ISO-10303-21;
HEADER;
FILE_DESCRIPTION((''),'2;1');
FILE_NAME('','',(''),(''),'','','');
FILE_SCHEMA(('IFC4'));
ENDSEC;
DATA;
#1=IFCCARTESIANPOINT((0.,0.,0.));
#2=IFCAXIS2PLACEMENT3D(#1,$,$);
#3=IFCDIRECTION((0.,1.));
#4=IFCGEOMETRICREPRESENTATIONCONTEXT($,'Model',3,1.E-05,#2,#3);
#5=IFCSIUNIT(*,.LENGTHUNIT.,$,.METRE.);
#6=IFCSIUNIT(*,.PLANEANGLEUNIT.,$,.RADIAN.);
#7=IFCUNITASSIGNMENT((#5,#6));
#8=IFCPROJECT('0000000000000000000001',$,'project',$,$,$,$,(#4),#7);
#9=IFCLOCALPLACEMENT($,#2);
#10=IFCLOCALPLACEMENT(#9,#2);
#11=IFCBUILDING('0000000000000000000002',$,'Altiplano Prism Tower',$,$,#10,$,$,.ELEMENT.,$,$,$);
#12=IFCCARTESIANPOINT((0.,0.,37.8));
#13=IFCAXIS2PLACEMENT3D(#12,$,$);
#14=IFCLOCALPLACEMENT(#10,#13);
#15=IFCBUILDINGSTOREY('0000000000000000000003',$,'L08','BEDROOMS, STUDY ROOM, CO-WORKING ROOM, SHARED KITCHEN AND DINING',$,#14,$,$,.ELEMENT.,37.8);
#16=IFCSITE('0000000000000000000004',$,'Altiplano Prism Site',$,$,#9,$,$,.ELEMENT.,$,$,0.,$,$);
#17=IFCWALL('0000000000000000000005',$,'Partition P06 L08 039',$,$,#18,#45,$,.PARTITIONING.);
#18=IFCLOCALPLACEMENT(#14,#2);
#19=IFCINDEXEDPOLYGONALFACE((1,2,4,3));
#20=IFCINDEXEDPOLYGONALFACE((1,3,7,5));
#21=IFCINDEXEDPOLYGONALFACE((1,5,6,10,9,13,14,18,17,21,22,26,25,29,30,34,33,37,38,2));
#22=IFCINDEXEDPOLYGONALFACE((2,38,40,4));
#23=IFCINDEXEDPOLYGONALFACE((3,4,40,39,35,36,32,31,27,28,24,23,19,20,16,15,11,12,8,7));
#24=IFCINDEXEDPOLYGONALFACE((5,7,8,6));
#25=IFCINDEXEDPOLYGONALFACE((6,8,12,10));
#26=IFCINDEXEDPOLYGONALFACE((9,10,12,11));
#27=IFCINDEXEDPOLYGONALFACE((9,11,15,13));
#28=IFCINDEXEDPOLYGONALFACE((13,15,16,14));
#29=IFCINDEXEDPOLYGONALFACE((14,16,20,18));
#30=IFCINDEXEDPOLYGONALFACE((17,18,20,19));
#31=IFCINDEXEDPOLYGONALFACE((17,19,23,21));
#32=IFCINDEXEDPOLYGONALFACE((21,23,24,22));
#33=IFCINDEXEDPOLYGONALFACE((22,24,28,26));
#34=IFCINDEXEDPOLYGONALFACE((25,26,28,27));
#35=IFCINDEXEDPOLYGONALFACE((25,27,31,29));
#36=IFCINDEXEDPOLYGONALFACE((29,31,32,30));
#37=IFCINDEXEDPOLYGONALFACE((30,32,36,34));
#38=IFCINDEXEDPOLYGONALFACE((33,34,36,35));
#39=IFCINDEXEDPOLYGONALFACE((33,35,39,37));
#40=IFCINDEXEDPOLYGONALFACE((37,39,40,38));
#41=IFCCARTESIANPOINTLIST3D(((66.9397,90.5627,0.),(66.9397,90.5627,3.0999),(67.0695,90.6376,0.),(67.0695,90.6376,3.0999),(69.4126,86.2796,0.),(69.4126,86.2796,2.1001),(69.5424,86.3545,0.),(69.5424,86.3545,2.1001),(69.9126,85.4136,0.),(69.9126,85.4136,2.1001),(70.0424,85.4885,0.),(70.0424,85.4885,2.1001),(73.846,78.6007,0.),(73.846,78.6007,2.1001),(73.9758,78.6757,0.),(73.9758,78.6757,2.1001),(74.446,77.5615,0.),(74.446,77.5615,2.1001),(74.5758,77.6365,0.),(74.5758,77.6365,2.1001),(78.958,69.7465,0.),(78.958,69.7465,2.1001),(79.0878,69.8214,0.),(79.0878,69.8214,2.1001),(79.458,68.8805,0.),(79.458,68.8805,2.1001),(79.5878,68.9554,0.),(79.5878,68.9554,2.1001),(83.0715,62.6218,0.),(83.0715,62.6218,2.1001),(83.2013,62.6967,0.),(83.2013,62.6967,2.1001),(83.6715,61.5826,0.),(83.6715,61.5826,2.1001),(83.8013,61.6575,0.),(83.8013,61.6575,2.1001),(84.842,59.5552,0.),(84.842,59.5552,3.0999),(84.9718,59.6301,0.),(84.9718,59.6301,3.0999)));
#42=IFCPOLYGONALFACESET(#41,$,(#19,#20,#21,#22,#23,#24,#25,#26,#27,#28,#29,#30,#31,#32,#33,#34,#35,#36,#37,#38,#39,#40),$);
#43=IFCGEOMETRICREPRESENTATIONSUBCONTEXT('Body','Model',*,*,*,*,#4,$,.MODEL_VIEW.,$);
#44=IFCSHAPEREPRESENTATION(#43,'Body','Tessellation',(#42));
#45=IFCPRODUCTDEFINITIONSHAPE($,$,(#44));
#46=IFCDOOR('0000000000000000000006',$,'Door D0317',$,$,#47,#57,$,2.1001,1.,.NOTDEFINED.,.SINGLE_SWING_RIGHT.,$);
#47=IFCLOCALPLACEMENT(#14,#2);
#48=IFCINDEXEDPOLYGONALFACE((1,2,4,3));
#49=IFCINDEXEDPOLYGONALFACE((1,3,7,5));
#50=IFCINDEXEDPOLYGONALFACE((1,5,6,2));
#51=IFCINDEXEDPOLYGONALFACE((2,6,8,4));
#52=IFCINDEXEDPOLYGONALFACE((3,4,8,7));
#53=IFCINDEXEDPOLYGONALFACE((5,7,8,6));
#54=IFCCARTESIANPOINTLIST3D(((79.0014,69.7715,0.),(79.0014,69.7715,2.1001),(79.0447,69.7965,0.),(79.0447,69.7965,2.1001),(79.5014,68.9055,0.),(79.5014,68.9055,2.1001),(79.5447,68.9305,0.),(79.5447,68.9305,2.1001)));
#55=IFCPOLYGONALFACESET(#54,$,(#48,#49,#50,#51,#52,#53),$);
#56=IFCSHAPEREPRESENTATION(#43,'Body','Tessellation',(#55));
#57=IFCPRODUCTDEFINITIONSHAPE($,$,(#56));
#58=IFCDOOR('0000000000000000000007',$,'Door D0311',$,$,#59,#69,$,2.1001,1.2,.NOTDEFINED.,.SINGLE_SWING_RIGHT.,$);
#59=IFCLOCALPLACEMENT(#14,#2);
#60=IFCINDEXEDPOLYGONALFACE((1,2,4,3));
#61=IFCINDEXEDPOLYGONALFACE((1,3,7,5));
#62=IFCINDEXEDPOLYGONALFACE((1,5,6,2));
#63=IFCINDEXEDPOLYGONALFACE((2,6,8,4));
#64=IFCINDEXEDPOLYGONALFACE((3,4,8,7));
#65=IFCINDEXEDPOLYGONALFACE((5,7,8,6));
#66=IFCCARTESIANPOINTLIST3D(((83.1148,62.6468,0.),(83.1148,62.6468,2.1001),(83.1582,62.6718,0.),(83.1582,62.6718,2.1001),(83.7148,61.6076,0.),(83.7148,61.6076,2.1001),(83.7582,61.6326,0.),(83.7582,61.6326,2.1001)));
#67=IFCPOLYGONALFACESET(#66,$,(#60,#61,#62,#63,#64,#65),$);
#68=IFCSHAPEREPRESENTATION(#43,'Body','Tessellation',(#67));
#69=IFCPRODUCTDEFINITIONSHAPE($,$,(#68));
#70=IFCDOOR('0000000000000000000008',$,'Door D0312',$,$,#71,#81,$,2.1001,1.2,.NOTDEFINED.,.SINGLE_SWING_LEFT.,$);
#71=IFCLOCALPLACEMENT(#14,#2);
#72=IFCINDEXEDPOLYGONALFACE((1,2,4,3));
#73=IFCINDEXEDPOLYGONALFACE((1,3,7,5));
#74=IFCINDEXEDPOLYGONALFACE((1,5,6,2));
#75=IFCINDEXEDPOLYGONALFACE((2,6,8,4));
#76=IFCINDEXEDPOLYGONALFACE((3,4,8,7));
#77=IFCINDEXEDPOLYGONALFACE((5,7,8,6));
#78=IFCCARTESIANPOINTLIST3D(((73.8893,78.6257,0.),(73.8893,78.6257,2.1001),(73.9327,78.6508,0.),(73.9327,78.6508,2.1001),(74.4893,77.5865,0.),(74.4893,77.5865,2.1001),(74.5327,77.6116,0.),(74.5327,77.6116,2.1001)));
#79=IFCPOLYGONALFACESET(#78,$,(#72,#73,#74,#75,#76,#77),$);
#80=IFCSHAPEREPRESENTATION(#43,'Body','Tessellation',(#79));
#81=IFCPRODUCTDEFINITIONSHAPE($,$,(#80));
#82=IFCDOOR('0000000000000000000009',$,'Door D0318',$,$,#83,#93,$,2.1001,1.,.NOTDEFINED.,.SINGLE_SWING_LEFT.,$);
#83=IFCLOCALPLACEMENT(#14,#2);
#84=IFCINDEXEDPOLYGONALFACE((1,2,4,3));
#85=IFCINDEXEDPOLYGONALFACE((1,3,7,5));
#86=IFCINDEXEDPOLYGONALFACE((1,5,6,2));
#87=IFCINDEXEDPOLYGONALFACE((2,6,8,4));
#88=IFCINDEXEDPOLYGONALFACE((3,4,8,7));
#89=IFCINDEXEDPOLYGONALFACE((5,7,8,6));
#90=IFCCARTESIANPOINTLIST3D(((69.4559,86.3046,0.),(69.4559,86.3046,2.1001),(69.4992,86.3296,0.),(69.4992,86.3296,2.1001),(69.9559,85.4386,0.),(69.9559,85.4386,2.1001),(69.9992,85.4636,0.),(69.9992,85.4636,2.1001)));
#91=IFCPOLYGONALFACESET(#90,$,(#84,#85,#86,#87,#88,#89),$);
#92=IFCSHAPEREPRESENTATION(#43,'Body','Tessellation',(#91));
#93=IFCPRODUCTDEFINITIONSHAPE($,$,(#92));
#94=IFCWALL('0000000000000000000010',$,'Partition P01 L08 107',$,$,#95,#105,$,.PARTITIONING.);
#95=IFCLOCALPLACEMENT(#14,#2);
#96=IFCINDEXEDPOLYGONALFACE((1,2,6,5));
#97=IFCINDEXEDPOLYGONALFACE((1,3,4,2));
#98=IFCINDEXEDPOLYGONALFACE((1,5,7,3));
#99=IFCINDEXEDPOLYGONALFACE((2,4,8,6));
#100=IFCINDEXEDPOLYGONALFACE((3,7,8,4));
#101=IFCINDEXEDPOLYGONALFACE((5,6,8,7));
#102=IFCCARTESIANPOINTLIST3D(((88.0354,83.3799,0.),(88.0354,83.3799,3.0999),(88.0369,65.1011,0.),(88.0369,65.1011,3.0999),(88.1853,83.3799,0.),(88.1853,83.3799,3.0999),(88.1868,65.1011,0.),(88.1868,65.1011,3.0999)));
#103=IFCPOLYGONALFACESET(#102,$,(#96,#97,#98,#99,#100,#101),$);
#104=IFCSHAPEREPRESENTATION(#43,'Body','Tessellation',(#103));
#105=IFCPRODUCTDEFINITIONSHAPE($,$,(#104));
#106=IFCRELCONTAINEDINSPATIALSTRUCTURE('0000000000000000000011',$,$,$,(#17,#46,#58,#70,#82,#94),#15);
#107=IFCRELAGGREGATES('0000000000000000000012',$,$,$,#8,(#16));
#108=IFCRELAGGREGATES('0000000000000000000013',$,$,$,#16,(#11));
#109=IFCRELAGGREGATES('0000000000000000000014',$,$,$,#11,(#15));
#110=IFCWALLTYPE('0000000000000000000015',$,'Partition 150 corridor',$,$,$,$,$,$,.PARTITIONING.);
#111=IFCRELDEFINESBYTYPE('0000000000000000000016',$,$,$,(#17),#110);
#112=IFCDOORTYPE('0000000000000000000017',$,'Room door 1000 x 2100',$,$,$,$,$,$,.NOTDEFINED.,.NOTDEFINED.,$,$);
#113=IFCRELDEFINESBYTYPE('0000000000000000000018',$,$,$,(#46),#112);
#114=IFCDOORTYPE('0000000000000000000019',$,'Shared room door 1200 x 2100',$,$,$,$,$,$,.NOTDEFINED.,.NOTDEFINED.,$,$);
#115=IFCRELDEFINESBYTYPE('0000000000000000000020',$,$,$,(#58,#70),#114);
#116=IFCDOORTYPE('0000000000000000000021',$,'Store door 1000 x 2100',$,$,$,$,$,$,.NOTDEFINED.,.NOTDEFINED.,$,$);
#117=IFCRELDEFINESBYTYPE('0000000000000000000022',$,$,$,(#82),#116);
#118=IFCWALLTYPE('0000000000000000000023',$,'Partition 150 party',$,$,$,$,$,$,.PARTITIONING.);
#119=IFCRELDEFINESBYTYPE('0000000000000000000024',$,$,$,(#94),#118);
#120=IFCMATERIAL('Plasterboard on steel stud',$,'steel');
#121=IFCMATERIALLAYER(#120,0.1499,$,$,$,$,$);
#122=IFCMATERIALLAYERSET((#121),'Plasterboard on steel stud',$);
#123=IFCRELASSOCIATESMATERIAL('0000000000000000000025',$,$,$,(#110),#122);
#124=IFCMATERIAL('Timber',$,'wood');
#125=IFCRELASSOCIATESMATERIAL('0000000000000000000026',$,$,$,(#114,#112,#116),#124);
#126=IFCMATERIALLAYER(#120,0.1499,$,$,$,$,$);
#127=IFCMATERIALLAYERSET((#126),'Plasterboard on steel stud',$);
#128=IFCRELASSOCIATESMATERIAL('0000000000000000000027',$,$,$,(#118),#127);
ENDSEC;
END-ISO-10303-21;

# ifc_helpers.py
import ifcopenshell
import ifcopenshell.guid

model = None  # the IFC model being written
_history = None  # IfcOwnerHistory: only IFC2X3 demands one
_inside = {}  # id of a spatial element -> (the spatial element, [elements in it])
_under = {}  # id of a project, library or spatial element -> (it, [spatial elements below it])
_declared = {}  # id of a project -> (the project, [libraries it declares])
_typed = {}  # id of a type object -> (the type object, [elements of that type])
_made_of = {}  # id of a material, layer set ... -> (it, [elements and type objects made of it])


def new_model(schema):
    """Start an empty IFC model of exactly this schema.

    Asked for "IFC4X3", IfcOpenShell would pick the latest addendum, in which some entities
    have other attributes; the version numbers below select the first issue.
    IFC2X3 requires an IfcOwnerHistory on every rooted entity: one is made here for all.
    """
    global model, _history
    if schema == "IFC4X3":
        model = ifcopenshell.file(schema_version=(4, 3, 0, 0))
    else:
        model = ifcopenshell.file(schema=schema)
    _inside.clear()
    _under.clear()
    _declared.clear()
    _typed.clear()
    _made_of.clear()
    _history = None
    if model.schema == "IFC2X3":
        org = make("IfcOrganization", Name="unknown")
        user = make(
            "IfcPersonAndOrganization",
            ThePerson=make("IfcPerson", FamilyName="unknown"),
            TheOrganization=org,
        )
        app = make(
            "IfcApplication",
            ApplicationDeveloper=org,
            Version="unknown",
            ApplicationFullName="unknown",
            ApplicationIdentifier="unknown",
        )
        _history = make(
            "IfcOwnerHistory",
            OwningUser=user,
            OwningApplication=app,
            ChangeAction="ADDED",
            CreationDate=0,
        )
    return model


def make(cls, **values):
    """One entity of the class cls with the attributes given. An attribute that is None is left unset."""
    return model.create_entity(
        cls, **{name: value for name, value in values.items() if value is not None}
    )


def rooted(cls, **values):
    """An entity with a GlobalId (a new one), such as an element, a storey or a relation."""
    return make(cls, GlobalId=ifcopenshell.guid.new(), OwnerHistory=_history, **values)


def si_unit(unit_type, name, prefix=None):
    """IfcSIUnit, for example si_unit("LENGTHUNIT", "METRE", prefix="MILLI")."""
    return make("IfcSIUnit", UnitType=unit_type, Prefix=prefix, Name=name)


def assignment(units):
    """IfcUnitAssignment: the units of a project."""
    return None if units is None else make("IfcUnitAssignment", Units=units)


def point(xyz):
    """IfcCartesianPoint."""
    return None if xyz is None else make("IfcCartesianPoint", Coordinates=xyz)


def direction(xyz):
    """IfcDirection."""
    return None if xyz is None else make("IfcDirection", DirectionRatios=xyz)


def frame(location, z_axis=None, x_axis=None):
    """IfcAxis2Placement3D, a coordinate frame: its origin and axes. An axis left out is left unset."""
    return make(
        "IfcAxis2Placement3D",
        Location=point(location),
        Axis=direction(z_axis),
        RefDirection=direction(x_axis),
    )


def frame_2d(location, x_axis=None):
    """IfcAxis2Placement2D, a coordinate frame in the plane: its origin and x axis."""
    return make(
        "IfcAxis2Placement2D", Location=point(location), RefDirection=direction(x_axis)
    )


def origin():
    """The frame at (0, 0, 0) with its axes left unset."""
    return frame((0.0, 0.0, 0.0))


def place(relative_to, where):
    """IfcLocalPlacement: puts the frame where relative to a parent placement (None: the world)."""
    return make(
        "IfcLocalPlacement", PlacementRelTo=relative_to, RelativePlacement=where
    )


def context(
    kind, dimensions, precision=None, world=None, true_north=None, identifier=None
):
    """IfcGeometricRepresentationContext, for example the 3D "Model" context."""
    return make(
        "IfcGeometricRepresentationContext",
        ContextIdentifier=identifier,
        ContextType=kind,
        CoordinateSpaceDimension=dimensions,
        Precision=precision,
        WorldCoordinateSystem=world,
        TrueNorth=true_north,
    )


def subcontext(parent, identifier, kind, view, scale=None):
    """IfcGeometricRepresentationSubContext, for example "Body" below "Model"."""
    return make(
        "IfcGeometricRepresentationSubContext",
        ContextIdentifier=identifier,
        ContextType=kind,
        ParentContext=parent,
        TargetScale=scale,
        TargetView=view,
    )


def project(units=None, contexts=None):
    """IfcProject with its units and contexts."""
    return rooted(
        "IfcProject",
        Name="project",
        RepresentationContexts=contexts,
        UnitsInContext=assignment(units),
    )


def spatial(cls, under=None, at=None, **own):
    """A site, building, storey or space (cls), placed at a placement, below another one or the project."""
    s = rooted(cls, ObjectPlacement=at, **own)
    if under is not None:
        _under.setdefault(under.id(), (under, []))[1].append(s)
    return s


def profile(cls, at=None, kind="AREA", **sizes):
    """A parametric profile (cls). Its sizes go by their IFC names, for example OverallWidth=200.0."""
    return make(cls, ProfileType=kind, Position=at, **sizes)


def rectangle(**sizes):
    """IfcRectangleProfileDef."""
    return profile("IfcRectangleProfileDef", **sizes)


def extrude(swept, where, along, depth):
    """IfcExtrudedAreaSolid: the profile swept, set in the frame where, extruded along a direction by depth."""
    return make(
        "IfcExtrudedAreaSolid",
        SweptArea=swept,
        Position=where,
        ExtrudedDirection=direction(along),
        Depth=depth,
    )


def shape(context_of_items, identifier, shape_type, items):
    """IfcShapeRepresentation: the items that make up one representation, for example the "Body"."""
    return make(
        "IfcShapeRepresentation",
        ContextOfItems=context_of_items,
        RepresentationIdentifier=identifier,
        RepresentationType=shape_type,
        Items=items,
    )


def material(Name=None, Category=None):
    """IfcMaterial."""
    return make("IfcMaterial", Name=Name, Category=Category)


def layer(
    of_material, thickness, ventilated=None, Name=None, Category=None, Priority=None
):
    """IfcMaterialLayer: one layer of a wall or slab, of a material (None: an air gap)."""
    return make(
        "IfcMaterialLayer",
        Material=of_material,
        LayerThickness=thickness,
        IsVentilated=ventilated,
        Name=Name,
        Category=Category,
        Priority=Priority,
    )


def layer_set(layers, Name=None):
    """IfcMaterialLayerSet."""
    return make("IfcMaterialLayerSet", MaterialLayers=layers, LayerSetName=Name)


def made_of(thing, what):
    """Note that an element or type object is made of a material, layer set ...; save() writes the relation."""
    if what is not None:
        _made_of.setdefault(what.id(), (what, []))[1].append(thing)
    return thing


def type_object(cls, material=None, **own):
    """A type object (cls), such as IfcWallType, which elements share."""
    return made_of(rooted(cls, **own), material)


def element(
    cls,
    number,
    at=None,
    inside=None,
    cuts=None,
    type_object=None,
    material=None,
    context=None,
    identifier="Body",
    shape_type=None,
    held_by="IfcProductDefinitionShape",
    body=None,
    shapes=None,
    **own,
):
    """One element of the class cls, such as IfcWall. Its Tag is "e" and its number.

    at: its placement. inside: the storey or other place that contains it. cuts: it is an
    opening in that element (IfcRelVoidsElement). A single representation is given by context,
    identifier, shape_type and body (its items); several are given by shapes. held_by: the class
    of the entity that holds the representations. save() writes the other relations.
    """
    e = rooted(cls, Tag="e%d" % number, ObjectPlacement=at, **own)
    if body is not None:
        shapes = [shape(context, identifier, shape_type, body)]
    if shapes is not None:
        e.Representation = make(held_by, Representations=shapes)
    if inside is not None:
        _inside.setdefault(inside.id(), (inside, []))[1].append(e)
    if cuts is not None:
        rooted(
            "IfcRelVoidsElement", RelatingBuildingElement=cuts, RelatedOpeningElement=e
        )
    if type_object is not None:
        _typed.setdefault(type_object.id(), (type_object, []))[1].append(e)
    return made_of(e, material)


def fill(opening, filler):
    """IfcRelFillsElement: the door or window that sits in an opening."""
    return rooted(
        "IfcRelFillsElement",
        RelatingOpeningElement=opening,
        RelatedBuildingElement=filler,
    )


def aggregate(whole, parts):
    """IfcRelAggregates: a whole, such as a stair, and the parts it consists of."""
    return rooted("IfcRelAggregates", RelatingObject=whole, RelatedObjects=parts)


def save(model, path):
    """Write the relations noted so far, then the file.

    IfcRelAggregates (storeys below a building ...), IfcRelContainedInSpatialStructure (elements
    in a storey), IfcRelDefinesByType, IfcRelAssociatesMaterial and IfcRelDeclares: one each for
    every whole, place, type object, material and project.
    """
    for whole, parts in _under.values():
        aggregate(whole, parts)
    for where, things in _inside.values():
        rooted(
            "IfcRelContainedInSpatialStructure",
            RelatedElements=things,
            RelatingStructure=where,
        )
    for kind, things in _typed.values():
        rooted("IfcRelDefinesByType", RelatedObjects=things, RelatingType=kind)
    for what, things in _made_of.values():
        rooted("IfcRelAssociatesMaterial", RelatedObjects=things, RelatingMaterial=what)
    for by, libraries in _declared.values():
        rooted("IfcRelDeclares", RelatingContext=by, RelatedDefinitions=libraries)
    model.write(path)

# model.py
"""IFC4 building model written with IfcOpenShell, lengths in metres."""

from ifc_helpers import new_model, si_unit, direction, frame, frame_2d, origin, place, context, subcontext, project, spatial, rectangle, extrude, material, layer, layer_set, type_object, element, fill, save


model = new_model("IFC4")

# Units and contexts
model_context = context("Model", 3, precision=1e-05, world=origin(), true_north=direction((0.0, 1.0)))
body_context = subcontext(model_context, "Body", "Model", "MODEL_VIEW")
ifc_project = project(units=[si_unit("LENGTHUNIT", "METRE"), si_unit("PLANEANGLEUNIT", "RADIAN")], contexts=[model_context])

# Site, building, storey
site_placement = place(None, origin())
site = spatial("IfcSite", under=ifc_project, at=site_placement, Name="Altiplano Prism Site", CompositionType="ELEMENT", RefElevation=0.0)
building_placement = place(site_placement, origin())
building = spatial("IfcBuilding", under=site, at=building_placement, Name="Altiplano Prism Tower", CompositionType="ELEMENT")
storey_placement = place(building_placement, frame((0.0, 0.0, 37.8)))
storey = spatial("IfcBuildingStorey", under=building, at=storey_placement, Name="L08", Description="BEDROOMS, STUDY ROOM, CO-WORKING ROOM, SHARED KITCHEN AND DINING", CompositionType="ELEMENT", Elevation=37.8)

# Shared definitions
ifc_material_1 = material(Name="Plasterboard on steel stud", Category="steel")

# Shared definitions
ifc_material_2 = material(Name="Timber", Category="wood")

# Shared definitions
ifc_layer_1 = layer(ifc_material_1, 0.1499)
ifc_layer_set_1 = layer_set([ifc_layer_1], Name="Plasterboard on steel stud")
wall_type_1 = type_object("IfcWallType", Name="Partition 150 corridor", PredefinedType="PARTITIONING", material=ifc_layer_set_1)

# Shared definitions
door_type_1 = type_object("IfcDoorType", Name="Shared room door 1200 x 2100", OperationType="NOTDEFINED", PredefinedType="NOTDEFINED", material=ifc_material_2)

# Wall, openings, doors
door_type_2 = type_object("IfcDoorType", Name="Room door 1000 x 2100", OperationType="NOTDEFINED", PredefinedType="NOTDEFINED", material=ifc_material_2)
wall_1_placement = place(storey_placement, frame((84.907, 59.5925, 0.0), z_axis=(0.0, 0.0, 1.0), x_axis=(-0.500002, 0.866024, 0.0)))
wall_1 = element("IfcWall", 1, at=wall_1_placement, inside=storey, type_object=wall_type_1, Name="Partition P06 L08 039", PredefinedType="PARTITIONING", context=body_context, shape_type="SweptSolid", body=[
    extrude(rectangle(XDim=35.8044, YDim=0.1499, at=frame_2d((17.9023, 0.0))), origin(), (0.0, 0.0, 1.0), 3.0999),
])
opening_1_placement = place(wall_1_placement, frame((2.3411, 0.0, 0.0)))
opening_1 = element("IfcOpeningElement", 2, at=opening_1_placement, cuts=wall_1, PredefinedType="OPENING", context=body_context, shape_type="SweptSolid", body=[
    extrude(rectangle(XDim=1.2, YDim=2.1001, at=frame_2d((0.6001, 1.05))), frame((0.0, 0.0854, 0.0), z_axis=(0.0, -1.0, 0.0), x_axis=(1.0, 0.0, 0.0)), (0.0, 0.0, 1.0), 0.1709),
])
opening_2_placement = place(wall_1_placement, frame((20.792, 0.0, 0.0)))
opening_2 = element("IfcOpeningElement", 3, at=opening_2_placement, cuts=wall_1, PredefinedType="OPENING", context=body_context, shape_type="SweptSolid", body=[
    extrude(rectangle(XDim=1.2, YDim=2.1001, at=frame_2d((0.6001, 1.05))), frame((0.0, 0.0854, 0.0), z_axis=(0.0, -1.0, 0.0), x_axis=(1.0, 0.0, 0.0)), (0.0, 0.0, 1.0), 0.1709),
])
opening_3_placement = place(wall_1_placement, frame((10.7681, 0.0, 0.0)))
opening_3 = element("IfcOpeningElement", 4, at=opening_3_placement, cuts=wall_1, PredefinedType="OPENING", context=body_context, shape_type="SweptSolid", body=[
    extrude(rectangle(XDim=1.0, YDim=2.1001, at=frame_2d((0.5, 1.05))), frame((0.0, 0.0854, 0.0), z_axis=(0.0, -1.0, 0.0), x_axis=(1.0, 0.0, 0.0)), (0.0, 0.0, 1.0), 0.1709),
])
opening_4_placement = place(wall_1_placement, frame((29.8589, 0.0, 0.0)))
opening_4 = element("IfcOpeningElement", 5, at=opening_4_placement, cuts=wall_1, PredefinedType="OPENING", context=body_context, shape_type="SweptSolid", body=[
    extrude(rectangle(XDim=1.0, YDim=2.1001, at=frame_2d((0.5, 1.05))), frame((0.0, 0.0854, 0.0), z_axis=(0.0, -1.0, 0.0), x_axis=(1.0, 0.0, 0.0)), (0.0, 0.0, 1.0), 0.1709),
])
door_1_placement = place(opening_3_placement, origin())
door_1 = element("IfcDoor", 6, at=door_1_placement, inside=storey, type_object=door_type_2, Name="Door D0317", OperationType="SINGLE_SWING_RIGHT", OverallHeight=2.1001, OverallWidth=1.0, PredefinedType="NOTDEFINED", context=body_context, shape_type="SweptSolid", body=[
    extrude(rectangle(XDim=1.0, YDim=2.1001, at=frame_2d((0.5, 1.05))), frame((0.0, 0.0249, 0.0), z_axis=(0.0, -1.0, 0.0), x_axis=(1.0, 0.0, 0.0)), (0.0, 0.0, 1.0), 0.05),
])
fill(opening_3, door_1)
door_2_placement = place(opening_1_placement, origin())
door_2 = element("IfcDoor", 7, at=door_2_placement, inside=storey, type_object=door_type_1, Name="Door D0311", OperationType="SINGLE_SWING_RIGHT", OverallHeight=2.1001, OverallWidth=1.2, PredefinedType="NOTDEFINED", context=body_context, shape_type="SweptSolid", body=[
    extrude(rectangle(XDim=1.2, YDim=2.1001, at=frame_2d((0.6001, 1.05))), frame((0.0, 0.0249, 0.0), z_axis=(0.0, -1.0, 0.0), x_axis=(1.0, 0.0, 0.0)), (0.0, 0.0, 1.0), 0.05),
])
fill(opening_1, door_2)
door_3_placement = place(opening_2_placement, origin())
door_3 = element("IfcDoor", 8, at=door_3_placement, inside=storey, type_object=door_type_1, Name="Door D0312", OperationType="SINGLE_SWING_LEFT", OverallHeight=2.1001, OverallWidth=1.2, PredefinedType="NOTDEFINED", context=body_context, shape_type="SweptSolid", body=[
    extrude(rectangle(XDim=1.2, YDim=2.1001, at=frame_2d((0.6001, 1.05))), frame((0.0, 0.0249, 0.0), z_axis=(0.0, -1.0, 0.0), x_axis=(1.0, 0.0, 0.0)), (0.0, 0.0, 1.0), 0.05),
])
fill(opening_2, door_3)
door_type_3 = type_object("IfcDoorType", Name="Store door 1000 x 2100", OperationType="NOTDEFINED", PredefinedType="NOTDEFINED", material=ifc_material_2)
door_4_placement = place(opening_4_placement, origin())
door_4 = element("IfcDoor", 9, at=door_4_placement, inside=storey, type_object=door_type_3, Name="Door D0318", OperationType="SINGLE_SWING_LEFT", OverallHeight=2.1001, OverallWidth=1.0, PredefinedType="NOTDEFINED", context=body_context, shape_type="SweptSolid", body=[
    extrude(rectangle(XDim=1.0, YDim=2.1001, at=frame_2d((0.5, 1.05))), frame((0.0, 0.0249, 0.0), z_axis=(0.0, -1.0, 0.0), x_axis=(1.0, 0.0, 0.0)), (0.0, 0.0, 1.0), 0.05),
])
fill(opening_4, door_4)

# Wall
ifc_layer_2 = layer(ifc_material_1, 0.1499)
ifc_layer_set_2 = layer_set([ifc_layer_2], Name="Plasterboard on steel stud")
wall_type_2 = type_object("IfcWallType", Name="Partition 150 party", PredefinedType="PARTITIONING", material=ifc_layer_set_2)
wall_2_placement = place(storey_placement, frame((88.1118, 65.1011, 0.0), z_axis=(0.0, 0.0, 1.0), x_axis=(-0.00008, 1.0, 0.0)))
element("IfcWall", 10, at=wall_2_placement, inside=storey, type_object=wall_type_2, Name="Partition P01 L08 107", PredefinedType="PARTITIONING", context=body_context, shape_type="SweptSolid", body=[
    extrude(rectangle(XDim=18.2788, YDim=0.1499, at=frame_2d((9.1394, 0.0))), origin(), (0.0, 0.0, 1.0), 3.0999),
])

save(model, "model.ifc")
